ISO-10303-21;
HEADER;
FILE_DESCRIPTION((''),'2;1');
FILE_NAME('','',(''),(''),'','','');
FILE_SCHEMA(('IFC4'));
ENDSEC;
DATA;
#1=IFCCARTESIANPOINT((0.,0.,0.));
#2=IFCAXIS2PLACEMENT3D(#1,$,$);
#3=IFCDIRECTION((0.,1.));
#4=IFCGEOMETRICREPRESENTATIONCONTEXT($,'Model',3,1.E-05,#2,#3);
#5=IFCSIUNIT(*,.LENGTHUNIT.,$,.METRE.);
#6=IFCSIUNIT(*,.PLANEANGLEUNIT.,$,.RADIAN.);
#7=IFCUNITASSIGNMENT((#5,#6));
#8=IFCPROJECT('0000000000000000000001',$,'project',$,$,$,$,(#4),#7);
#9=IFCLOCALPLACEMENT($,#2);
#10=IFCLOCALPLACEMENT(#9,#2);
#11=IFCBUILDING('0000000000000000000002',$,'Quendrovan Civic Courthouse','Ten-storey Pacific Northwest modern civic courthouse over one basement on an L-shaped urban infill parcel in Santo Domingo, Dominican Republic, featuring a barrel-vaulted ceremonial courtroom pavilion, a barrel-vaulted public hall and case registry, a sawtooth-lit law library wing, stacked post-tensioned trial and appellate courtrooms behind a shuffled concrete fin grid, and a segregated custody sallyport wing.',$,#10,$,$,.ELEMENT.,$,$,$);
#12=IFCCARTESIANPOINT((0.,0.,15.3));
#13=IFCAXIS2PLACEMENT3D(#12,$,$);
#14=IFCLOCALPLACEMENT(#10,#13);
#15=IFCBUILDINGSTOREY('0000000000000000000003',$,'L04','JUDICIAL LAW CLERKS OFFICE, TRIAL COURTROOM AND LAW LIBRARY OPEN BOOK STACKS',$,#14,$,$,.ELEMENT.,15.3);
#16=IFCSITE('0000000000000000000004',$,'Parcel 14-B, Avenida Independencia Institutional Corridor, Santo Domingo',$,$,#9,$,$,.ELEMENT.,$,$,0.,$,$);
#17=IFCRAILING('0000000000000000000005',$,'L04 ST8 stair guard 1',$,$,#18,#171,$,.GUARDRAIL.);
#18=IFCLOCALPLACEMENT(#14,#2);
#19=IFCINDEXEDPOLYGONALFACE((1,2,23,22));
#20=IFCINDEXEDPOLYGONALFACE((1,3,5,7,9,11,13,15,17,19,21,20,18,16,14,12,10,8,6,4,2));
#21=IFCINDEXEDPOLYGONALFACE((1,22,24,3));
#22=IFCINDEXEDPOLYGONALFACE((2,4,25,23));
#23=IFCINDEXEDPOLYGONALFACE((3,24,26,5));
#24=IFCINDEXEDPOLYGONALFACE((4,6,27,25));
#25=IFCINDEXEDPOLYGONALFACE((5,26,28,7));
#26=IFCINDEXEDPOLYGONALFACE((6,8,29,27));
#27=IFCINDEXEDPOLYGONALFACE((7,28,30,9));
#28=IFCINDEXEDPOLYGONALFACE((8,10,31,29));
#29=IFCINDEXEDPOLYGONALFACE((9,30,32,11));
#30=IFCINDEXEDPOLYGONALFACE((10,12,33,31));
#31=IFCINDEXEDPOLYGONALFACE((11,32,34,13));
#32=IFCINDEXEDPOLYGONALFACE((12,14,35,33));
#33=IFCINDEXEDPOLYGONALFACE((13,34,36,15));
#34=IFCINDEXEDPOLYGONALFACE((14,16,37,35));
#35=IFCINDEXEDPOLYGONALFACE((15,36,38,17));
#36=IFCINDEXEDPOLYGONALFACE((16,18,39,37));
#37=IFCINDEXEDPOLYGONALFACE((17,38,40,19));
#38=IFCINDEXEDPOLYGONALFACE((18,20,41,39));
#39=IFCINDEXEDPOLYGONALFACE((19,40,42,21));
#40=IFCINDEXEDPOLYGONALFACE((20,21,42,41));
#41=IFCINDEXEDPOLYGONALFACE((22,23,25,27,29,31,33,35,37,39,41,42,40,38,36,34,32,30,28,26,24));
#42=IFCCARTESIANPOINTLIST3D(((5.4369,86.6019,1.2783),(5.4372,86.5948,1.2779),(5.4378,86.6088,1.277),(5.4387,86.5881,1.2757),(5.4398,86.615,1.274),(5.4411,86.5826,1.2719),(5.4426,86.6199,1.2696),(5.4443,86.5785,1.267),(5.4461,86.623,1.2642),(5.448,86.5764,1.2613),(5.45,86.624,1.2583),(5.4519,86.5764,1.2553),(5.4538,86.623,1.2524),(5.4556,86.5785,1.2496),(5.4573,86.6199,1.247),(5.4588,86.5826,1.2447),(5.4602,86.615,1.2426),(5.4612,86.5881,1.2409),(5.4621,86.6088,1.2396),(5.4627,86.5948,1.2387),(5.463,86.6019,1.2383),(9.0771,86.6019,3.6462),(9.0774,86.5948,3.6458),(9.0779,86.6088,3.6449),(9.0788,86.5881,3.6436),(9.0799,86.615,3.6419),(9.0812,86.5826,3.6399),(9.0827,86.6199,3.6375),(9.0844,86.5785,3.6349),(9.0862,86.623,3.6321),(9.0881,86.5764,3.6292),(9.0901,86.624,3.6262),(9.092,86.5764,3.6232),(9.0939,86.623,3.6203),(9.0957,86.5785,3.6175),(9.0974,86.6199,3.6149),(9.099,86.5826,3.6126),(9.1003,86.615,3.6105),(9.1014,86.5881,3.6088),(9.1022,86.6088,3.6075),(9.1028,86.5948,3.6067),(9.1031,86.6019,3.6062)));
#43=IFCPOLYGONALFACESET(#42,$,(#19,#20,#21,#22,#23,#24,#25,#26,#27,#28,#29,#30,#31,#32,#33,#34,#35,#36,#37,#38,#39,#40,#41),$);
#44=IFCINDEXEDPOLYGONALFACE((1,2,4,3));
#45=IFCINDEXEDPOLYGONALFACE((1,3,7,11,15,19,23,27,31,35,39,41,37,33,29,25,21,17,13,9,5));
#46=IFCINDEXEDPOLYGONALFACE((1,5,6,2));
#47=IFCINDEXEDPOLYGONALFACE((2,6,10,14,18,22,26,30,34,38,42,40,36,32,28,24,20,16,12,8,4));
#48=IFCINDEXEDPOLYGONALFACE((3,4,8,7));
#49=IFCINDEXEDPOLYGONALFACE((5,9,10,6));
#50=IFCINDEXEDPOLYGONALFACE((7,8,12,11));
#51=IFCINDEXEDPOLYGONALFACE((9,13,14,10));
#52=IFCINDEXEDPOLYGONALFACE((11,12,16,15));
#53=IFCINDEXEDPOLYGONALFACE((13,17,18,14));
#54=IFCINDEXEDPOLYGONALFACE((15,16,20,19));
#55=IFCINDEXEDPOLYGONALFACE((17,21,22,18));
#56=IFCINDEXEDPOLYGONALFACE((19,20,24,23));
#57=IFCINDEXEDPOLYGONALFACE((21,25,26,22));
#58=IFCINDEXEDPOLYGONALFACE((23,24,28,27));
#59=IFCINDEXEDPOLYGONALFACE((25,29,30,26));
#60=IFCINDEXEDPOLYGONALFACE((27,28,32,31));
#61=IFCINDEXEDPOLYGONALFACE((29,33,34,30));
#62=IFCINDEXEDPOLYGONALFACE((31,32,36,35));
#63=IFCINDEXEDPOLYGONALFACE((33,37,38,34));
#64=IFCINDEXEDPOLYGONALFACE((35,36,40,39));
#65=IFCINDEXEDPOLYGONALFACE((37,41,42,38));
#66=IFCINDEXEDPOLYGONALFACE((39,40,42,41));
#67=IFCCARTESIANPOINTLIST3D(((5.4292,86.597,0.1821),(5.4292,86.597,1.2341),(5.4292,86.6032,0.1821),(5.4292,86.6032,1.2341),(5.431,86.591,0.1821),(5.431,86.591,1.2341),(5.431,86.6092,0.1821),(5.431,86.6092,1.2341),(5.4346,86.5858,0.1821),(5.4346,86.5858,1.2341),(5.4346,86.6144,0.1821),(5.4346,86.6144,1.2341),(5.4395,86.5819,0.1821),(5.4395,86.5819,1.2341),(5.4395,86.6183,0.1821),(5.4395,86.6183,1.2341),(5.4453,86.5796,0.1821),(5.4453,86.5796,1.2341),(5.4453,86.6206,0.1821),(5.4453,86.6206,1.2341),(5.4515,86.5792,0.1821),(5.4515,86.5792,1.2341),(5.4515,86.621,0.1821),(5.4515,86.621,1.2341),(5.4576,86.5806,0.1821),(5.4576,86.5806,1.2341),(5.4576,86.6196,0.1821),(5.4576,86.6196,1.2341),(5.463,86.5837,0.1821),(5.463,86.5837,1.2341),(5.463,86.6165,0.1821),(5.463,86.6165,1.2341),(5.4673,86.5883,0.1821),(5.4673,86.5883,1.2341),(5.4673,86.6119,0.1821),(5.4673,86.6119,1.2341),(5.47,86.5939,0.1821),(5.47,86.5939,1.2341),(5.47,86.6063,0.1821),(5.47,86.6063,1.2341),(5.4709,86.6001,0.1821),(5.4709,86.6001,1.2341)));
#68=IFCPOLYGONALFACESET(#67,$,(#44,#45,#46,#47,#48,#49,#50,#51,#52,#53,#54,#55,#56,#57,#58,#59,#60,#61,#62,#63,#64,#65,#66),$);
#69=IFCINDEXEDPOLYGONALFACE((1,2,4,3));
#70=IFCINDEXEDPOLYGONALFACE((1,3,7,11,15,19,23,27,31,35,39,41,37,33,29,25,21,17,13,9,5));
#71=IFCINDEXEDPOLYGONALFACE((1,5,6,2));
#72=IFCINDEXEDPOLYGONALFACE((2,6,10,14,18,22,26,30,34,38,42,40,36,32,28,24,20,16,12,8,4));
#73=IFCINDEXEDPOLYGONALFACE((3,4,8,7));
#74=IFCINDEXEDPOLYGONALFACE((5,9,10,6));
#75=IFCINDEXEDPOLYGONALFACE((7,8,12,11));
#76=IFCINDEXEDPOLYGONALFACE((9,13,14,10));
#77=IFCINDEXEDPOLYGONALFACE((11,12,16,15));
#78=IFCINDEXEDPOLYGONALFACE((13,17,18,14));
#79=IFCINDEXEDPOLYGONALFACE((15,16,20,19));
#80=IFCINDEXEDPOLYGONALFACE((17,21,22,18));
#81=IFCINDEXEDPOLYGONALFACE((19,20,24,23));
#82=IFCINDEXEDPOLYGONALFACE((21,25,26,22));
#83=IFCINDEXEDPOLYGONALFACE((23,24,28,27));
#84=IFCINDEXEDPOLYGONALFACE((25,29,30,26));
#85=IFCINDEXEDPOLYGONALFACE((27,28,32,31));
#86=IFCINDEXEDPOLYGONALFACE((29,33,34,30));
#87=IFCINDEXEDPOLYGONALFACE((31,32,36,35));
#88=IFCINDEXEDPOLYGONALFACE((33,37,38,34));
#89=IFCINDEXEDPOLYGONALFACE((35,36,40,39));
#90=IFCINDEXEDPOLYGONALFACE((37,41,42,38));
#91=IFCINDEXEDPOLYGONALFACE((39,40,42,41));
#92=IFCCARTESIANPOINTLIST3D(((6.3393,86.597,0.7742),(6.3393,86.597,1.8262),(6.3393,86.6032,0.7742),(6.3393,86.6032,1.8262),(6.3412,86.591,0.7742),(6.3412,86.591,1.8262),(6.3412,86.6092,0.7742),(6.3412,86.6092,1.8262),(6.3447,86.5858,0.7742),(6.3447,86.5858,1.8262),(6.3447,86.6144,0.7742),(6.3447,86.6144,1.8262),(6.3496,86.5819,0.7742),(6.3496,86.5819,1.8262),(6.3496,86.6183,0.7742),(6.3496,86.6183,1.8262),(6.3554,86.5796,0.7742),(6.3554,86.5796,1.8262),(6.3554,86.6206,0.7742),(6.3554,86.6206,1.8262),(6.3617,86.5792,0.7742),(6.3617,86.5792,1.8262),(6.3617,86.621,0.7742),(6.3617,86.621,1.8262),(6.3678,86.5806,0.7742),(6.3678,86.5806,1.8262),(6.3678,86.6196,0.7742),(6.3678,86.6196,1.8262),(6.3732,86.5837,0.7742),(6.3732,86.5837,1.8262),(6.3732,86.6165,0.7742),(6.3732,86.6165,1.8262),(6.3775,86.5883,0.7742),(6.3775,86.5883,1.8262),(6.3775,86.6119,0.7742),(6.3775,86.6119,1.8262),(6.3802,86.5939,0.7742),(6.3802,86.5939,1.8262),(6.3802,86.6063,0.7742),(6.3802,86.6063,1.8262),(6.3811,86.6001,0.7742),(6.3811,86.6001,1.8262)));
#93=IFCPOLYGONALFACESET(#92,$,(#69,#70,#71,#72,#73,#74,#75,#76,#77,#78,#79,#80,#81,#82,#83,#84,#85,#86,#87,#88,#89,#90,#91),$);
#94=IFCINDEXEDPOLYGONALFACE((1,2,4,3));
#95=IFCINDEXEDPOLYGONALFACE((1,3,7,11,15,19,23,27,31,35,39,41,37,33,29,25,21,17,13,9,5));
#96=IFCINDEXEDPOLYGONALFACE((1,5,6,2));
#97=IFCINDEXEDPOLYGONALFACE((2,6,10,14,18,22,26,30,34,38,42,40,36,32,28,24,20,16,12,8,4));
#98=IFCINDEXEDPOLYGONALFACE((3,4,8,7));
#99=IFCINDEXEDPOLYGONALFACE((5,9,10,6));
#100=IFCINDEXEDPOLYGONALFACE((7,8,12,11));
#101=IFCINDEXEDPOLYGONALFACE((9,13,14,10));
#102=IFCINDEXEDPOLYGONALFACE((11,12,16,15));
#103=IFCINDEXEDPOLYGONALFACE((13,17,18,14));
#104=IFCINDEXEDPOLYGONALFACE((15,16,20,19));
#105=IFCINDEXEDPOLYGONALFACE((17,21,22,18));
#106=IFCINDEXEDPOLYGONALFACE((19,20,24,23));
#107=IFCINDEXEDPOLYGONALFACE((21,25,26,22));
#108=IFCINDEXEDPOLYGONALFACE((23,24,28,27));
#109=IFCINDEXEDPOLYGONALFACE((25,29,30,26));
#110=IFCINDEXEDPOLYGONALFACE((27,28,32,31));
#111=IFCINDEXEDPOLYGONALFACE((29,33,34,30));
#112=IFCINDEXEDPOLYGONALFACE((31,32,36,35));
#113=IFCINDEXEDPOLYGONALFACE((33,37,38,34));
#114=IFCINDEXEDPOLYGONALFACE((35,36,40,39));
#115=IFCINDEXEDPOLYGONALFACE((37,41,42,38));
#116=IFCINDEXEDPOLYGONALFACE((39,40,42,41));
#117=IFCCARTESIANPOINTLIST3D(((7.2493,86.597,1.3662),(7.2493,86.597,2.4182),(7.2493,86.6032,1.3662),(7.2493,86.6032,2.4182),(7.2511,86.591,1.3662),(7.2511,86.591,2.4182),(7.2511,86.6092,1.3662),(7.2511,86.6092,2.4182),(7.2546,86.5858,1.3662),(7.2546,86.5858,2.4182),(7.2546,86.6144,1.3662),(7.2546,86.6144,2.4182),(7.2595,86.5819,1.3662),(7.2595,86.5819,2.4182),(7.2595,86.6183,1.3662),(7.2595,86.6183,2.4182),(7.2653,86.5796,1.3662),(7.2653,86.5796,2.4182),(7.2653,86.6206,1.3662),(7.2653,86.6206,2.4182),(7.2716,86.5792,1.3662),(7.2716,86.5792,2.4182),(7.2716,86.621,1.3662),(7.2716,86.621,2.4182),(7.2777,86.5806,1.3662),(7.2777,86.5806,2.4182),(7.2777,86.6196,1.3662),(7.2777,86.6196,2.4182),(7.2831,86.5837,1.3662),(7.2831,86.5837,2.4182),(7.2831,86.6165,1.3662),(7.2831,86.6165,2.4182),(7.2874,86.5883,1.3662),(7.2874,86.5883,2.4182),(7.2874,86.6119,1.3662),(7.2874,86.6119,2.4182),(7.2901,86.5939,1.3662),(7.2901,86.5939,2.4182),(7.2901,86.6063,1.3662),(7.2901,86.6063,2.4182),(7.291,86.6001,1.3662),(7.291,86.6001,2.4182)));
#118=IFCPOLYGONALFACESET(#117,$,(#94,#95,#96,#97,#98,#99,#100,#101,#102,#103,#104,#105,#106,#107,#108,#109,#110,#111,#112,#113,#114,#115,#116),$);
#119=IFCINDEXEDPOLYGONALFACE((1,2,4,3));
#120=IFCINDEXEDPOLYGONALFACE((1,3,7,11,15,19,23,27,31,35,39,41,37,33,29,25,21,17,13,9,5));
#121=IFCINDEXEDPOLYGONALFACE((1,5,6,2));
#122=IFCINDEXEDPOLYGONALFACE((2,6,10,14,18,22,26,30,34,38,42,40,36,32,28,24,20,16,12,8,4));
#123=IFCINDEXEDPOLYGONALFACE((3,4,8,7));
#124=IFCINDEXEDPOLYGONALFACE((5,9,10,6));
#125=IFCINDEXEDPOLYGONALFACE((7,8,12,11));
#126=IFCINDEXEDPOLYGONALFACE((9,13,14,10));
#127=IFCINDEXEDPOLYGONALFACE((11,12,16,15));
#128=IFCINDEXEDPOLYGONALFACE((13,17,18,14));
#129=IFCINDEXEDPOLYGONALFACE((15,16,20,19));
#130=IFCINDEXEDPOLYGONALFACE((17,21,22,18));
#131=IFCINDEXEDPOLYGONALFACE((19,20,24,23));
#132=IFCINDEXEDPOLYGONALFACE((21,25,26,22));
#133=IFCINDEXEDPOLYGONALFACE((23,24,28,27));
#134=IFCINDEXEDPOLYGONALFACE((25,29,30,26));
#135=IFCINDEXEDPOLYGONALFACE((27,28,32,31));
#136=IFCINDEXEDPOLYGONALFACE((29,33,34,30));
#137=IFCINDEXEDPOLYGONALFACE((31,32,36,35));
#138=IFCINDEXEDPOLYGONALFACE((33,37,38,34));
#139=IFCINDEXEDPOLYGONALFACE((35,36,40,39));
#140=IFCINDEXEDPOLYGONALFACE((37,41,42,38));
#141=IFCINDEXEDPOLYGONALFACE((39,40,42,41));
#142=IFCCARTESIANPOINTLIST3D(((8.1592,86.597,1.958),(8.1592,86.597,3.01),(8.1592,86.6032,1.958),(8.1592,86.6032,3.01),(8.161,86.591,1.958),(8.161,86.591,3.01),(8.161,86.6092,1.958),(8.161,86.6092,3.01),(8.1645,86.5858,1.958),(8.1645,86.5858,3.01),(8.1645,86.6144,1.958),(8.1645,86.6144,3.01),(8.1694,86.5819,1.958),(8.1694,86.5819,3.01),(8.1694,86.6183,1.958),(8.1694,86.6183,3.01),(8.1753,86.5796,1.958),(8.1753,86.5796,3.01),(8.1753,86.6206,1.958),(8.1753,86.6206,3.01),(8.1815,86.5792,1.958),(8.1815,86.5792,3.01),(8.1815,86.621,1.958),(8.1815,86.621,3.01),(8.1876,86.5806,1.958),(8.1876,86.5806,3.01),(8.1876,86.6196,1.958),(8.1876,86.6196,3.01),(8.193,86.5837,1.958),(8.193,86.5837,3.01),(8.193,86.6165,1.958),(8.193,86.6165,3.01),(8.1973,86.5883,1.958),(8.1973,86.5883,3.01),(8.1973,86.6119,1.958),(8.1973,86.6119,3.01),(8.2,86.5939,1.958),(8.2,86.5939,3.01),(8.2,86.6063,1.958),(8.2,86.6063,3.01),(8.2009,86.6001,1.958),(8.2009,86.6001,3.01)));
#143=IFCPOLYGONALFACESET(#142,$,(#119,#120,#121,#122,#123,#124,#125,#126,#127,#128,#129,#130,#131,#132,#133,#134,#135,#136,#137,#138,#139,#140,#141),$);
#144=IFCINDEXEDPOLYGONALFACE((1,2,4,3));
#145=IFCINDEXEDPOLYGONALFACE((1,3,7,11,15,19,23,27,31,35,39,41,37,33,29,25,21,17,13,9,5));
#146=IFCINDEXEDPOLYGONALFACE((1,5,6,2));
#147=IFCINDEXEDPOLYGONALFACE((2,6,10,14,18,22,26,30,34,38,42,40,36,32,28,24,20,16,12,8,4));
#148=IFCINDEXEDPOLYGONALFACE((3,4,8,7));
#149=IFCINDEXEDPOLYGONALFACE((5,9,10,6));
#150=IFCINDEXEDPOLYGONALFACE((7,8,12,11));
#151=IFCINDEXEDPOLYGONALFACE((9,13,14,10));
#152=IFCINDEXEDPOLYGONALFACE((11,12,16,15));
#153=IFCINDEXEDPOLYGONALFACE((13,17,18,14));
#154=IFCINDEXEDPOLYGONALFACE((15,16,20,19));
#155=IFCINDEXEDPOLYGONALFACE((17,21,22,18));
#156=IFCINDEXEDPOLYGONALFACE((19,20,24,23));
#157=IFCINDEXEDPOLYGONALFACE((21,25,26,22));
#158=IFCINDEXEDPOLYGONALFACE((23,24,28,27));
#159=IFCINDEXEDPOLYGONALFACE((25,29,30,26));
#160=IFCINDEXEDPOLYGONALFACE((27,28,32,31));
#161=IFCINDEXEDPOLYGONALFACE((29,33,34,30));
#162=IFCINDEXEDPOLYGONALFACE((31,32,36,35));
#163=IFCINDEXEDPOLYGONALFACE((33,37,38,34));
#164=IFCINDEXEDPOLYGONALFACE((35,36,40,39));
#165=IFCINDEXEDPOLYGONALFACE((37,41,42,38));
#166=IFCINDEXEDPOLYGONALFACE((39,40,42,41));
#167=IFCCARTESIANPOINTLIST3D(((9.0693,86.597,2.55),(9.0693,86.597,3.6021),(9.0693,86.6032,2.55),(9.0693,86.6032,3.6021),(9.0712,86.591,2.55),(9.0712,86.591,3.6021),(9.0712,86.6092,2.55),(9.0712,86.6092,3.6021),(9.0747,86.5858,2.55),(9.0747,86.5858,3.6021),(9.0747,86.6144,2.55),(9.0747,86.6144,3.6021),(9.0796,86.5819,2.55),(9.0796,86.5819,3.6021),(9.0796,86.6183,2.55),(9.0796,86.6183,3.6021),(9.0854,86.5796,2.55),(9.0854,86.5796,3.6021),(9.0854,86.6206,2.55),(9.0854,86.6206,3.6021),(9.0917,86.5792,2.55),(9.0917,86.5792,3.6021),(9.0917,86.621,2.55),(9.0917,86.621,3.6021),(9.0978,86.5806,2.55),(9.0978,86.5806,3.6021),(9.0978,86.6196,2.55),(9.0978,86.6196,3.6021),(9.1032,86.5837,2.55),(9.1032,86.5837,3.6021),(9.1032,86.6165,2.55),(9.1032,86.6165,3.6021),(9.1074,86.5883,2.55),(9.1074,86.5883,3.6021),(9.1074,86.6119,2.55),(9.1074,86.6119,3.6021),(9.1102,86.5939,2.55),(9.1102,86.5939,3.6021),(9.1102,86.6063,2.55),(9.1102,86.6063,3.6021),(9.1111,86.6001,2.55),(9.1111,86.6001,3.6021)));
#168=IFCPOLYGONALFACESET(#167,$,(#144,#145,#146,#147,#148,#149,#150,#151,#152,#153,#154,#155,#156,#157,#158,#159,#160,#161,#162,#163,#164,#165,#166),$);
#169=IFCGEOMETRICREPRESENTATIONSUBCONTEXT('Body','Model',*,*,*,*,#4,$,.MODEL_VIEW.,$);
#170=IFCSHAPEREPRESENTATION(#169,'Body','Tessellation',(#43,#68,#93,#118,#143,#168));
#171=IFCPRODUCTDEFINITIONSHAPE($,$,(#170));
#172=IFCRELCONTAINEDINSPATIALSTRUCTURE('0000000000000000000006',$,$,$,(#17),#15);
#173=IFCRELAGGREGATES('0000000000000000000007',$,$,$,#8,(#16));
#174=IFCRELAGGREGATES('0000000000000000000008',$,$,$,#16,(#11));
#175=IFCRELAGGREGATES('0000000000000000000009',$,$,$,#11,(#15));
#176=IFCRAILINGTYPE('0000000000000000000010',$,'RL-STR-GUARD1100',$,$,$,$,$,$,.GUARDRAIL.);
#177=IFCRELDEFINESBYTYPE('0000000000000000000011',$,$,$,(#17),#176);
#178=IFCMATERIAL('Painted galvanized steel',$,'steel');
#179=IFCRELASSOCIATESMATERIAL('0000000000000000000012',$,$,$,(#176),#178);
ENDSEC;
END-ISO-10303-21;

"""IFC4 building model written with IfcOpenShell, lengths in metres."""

from ifc_helpers import new_model, si_unit, direction, frame, origin, origin_2d, place, context, subcontext, project, spatial, circle, extrude, material, type_object, element, save


model = new_model("IFC4")

# Units and contexts
model_context = context("Model", 3, precision=1e-05, world=origin(), true_north=direction((0.0, 1.0)))
body_context = subcontext(model_context, "Body", "Model", "MODEL_VIEW")
ifc_project = project(units=[si_unit("LENGTHUNIT", "METRE"), si_unit("PLANEANGLEUNIT", "RADIAN")], contexts=[model_context])

# Site, building, storey
site_placement = place(None, origin())
site = spatial("IfcSite", under=ifc_project, at=site_placement, Name="Parcel 14-B, Avenida Independencia Institutional Corridor, Santo Domingo", CompositionType="ELEMENT", RefElevation=0.0)
building_placement = place(site_placement, origin())
building = spatial("IfcBuilding", under=site, at=building_placement, Name="Quendrovan Civic Courthouse", Description="Ten-storey Pacific Northwest modern civic courthouse over one basement on an L-shaped urban infill parcel in Santo Domingo, Dominican Republic, featuring a barrel-vaulted ceremonial courtroom pavilion, a barrel-vaulted public hall and case registry, a sawtooth-lit law library wing, stacked post-tensioned trial and appellate courtrooms behind a shuffled concrete fin grid, and a segregated custody sallyport wing.", CompositionType="ELEMENT")
storey_placement = place(building_placement, frame((0.0, 0.0, 15.3)))
storey = spatial("IfcBuildingStorey", under=building, at=storey_placement, Name="L04", Description="JUDICIAL LAW CLERKS OFFICE, TRIAL COURTROOM AND LAW LIBRARY OPEN BOOK STACKS", CompositionType="ELEMENT", Elevation=15.3)

# Railing
ifc_material_1 = material(Name="Painted galvanized steel", Category="steel")
railing_type_1 = type_object("IfcRailingType", Name="RL-STR-GUARD1100", PredefinedType="GUARDRAIL", material=ifc_material_1)
railing_1_placement = place(storey_placement, frame((5.45, 86.6001, 0.1821)))
element("IfcRailing", 1, at=railing_1_placement, inside=storey, type_object=railing_type_1, Name="L04 ST8 stair guard 1", PredefinedType="GUARDRAIL", context=body_context, shape_type="SweptSolid", body=[
    extrude(circle(Radius=0.0239, at=origin_2d()), frame((0.0, 0.0, 1.0762), z_axis=(0.838251, 0.0, 0.545285), x_axis=(0.0, 1.0, 0.0)), (0.0, 0.0, 1.0), 4.3425),
    extrude(circle(Radius=0.021, at=origin_2d()), origin(), (0.0, 0.0, 1.0), 1.052),
    extrude(circle(Radius=0.021, at=origin_2d()), frame((0.9102, 0.0, 0.592)), (0.0, 0.0, 1.0), 1.052),
    extrude(circle(Radius=0.021, at=origin_2d()), frame((1.8201, 0.0, 1.1841)), (0.0, 0.0, 1.0), 1.052),
    extrude(circle(Radius=0.021, at=origin_2d()), frame((2.73, 0.0, 1.7759)), (0.0, 0.0, 1.0), 1.052),
    extrude(circle(Radius=0.021, at=origin_2d()), frame((3.6401, 0.0, 2.3679)), (0.0, 0.0, 1.0), 1.052),
])

save(model, "model.ifc")
